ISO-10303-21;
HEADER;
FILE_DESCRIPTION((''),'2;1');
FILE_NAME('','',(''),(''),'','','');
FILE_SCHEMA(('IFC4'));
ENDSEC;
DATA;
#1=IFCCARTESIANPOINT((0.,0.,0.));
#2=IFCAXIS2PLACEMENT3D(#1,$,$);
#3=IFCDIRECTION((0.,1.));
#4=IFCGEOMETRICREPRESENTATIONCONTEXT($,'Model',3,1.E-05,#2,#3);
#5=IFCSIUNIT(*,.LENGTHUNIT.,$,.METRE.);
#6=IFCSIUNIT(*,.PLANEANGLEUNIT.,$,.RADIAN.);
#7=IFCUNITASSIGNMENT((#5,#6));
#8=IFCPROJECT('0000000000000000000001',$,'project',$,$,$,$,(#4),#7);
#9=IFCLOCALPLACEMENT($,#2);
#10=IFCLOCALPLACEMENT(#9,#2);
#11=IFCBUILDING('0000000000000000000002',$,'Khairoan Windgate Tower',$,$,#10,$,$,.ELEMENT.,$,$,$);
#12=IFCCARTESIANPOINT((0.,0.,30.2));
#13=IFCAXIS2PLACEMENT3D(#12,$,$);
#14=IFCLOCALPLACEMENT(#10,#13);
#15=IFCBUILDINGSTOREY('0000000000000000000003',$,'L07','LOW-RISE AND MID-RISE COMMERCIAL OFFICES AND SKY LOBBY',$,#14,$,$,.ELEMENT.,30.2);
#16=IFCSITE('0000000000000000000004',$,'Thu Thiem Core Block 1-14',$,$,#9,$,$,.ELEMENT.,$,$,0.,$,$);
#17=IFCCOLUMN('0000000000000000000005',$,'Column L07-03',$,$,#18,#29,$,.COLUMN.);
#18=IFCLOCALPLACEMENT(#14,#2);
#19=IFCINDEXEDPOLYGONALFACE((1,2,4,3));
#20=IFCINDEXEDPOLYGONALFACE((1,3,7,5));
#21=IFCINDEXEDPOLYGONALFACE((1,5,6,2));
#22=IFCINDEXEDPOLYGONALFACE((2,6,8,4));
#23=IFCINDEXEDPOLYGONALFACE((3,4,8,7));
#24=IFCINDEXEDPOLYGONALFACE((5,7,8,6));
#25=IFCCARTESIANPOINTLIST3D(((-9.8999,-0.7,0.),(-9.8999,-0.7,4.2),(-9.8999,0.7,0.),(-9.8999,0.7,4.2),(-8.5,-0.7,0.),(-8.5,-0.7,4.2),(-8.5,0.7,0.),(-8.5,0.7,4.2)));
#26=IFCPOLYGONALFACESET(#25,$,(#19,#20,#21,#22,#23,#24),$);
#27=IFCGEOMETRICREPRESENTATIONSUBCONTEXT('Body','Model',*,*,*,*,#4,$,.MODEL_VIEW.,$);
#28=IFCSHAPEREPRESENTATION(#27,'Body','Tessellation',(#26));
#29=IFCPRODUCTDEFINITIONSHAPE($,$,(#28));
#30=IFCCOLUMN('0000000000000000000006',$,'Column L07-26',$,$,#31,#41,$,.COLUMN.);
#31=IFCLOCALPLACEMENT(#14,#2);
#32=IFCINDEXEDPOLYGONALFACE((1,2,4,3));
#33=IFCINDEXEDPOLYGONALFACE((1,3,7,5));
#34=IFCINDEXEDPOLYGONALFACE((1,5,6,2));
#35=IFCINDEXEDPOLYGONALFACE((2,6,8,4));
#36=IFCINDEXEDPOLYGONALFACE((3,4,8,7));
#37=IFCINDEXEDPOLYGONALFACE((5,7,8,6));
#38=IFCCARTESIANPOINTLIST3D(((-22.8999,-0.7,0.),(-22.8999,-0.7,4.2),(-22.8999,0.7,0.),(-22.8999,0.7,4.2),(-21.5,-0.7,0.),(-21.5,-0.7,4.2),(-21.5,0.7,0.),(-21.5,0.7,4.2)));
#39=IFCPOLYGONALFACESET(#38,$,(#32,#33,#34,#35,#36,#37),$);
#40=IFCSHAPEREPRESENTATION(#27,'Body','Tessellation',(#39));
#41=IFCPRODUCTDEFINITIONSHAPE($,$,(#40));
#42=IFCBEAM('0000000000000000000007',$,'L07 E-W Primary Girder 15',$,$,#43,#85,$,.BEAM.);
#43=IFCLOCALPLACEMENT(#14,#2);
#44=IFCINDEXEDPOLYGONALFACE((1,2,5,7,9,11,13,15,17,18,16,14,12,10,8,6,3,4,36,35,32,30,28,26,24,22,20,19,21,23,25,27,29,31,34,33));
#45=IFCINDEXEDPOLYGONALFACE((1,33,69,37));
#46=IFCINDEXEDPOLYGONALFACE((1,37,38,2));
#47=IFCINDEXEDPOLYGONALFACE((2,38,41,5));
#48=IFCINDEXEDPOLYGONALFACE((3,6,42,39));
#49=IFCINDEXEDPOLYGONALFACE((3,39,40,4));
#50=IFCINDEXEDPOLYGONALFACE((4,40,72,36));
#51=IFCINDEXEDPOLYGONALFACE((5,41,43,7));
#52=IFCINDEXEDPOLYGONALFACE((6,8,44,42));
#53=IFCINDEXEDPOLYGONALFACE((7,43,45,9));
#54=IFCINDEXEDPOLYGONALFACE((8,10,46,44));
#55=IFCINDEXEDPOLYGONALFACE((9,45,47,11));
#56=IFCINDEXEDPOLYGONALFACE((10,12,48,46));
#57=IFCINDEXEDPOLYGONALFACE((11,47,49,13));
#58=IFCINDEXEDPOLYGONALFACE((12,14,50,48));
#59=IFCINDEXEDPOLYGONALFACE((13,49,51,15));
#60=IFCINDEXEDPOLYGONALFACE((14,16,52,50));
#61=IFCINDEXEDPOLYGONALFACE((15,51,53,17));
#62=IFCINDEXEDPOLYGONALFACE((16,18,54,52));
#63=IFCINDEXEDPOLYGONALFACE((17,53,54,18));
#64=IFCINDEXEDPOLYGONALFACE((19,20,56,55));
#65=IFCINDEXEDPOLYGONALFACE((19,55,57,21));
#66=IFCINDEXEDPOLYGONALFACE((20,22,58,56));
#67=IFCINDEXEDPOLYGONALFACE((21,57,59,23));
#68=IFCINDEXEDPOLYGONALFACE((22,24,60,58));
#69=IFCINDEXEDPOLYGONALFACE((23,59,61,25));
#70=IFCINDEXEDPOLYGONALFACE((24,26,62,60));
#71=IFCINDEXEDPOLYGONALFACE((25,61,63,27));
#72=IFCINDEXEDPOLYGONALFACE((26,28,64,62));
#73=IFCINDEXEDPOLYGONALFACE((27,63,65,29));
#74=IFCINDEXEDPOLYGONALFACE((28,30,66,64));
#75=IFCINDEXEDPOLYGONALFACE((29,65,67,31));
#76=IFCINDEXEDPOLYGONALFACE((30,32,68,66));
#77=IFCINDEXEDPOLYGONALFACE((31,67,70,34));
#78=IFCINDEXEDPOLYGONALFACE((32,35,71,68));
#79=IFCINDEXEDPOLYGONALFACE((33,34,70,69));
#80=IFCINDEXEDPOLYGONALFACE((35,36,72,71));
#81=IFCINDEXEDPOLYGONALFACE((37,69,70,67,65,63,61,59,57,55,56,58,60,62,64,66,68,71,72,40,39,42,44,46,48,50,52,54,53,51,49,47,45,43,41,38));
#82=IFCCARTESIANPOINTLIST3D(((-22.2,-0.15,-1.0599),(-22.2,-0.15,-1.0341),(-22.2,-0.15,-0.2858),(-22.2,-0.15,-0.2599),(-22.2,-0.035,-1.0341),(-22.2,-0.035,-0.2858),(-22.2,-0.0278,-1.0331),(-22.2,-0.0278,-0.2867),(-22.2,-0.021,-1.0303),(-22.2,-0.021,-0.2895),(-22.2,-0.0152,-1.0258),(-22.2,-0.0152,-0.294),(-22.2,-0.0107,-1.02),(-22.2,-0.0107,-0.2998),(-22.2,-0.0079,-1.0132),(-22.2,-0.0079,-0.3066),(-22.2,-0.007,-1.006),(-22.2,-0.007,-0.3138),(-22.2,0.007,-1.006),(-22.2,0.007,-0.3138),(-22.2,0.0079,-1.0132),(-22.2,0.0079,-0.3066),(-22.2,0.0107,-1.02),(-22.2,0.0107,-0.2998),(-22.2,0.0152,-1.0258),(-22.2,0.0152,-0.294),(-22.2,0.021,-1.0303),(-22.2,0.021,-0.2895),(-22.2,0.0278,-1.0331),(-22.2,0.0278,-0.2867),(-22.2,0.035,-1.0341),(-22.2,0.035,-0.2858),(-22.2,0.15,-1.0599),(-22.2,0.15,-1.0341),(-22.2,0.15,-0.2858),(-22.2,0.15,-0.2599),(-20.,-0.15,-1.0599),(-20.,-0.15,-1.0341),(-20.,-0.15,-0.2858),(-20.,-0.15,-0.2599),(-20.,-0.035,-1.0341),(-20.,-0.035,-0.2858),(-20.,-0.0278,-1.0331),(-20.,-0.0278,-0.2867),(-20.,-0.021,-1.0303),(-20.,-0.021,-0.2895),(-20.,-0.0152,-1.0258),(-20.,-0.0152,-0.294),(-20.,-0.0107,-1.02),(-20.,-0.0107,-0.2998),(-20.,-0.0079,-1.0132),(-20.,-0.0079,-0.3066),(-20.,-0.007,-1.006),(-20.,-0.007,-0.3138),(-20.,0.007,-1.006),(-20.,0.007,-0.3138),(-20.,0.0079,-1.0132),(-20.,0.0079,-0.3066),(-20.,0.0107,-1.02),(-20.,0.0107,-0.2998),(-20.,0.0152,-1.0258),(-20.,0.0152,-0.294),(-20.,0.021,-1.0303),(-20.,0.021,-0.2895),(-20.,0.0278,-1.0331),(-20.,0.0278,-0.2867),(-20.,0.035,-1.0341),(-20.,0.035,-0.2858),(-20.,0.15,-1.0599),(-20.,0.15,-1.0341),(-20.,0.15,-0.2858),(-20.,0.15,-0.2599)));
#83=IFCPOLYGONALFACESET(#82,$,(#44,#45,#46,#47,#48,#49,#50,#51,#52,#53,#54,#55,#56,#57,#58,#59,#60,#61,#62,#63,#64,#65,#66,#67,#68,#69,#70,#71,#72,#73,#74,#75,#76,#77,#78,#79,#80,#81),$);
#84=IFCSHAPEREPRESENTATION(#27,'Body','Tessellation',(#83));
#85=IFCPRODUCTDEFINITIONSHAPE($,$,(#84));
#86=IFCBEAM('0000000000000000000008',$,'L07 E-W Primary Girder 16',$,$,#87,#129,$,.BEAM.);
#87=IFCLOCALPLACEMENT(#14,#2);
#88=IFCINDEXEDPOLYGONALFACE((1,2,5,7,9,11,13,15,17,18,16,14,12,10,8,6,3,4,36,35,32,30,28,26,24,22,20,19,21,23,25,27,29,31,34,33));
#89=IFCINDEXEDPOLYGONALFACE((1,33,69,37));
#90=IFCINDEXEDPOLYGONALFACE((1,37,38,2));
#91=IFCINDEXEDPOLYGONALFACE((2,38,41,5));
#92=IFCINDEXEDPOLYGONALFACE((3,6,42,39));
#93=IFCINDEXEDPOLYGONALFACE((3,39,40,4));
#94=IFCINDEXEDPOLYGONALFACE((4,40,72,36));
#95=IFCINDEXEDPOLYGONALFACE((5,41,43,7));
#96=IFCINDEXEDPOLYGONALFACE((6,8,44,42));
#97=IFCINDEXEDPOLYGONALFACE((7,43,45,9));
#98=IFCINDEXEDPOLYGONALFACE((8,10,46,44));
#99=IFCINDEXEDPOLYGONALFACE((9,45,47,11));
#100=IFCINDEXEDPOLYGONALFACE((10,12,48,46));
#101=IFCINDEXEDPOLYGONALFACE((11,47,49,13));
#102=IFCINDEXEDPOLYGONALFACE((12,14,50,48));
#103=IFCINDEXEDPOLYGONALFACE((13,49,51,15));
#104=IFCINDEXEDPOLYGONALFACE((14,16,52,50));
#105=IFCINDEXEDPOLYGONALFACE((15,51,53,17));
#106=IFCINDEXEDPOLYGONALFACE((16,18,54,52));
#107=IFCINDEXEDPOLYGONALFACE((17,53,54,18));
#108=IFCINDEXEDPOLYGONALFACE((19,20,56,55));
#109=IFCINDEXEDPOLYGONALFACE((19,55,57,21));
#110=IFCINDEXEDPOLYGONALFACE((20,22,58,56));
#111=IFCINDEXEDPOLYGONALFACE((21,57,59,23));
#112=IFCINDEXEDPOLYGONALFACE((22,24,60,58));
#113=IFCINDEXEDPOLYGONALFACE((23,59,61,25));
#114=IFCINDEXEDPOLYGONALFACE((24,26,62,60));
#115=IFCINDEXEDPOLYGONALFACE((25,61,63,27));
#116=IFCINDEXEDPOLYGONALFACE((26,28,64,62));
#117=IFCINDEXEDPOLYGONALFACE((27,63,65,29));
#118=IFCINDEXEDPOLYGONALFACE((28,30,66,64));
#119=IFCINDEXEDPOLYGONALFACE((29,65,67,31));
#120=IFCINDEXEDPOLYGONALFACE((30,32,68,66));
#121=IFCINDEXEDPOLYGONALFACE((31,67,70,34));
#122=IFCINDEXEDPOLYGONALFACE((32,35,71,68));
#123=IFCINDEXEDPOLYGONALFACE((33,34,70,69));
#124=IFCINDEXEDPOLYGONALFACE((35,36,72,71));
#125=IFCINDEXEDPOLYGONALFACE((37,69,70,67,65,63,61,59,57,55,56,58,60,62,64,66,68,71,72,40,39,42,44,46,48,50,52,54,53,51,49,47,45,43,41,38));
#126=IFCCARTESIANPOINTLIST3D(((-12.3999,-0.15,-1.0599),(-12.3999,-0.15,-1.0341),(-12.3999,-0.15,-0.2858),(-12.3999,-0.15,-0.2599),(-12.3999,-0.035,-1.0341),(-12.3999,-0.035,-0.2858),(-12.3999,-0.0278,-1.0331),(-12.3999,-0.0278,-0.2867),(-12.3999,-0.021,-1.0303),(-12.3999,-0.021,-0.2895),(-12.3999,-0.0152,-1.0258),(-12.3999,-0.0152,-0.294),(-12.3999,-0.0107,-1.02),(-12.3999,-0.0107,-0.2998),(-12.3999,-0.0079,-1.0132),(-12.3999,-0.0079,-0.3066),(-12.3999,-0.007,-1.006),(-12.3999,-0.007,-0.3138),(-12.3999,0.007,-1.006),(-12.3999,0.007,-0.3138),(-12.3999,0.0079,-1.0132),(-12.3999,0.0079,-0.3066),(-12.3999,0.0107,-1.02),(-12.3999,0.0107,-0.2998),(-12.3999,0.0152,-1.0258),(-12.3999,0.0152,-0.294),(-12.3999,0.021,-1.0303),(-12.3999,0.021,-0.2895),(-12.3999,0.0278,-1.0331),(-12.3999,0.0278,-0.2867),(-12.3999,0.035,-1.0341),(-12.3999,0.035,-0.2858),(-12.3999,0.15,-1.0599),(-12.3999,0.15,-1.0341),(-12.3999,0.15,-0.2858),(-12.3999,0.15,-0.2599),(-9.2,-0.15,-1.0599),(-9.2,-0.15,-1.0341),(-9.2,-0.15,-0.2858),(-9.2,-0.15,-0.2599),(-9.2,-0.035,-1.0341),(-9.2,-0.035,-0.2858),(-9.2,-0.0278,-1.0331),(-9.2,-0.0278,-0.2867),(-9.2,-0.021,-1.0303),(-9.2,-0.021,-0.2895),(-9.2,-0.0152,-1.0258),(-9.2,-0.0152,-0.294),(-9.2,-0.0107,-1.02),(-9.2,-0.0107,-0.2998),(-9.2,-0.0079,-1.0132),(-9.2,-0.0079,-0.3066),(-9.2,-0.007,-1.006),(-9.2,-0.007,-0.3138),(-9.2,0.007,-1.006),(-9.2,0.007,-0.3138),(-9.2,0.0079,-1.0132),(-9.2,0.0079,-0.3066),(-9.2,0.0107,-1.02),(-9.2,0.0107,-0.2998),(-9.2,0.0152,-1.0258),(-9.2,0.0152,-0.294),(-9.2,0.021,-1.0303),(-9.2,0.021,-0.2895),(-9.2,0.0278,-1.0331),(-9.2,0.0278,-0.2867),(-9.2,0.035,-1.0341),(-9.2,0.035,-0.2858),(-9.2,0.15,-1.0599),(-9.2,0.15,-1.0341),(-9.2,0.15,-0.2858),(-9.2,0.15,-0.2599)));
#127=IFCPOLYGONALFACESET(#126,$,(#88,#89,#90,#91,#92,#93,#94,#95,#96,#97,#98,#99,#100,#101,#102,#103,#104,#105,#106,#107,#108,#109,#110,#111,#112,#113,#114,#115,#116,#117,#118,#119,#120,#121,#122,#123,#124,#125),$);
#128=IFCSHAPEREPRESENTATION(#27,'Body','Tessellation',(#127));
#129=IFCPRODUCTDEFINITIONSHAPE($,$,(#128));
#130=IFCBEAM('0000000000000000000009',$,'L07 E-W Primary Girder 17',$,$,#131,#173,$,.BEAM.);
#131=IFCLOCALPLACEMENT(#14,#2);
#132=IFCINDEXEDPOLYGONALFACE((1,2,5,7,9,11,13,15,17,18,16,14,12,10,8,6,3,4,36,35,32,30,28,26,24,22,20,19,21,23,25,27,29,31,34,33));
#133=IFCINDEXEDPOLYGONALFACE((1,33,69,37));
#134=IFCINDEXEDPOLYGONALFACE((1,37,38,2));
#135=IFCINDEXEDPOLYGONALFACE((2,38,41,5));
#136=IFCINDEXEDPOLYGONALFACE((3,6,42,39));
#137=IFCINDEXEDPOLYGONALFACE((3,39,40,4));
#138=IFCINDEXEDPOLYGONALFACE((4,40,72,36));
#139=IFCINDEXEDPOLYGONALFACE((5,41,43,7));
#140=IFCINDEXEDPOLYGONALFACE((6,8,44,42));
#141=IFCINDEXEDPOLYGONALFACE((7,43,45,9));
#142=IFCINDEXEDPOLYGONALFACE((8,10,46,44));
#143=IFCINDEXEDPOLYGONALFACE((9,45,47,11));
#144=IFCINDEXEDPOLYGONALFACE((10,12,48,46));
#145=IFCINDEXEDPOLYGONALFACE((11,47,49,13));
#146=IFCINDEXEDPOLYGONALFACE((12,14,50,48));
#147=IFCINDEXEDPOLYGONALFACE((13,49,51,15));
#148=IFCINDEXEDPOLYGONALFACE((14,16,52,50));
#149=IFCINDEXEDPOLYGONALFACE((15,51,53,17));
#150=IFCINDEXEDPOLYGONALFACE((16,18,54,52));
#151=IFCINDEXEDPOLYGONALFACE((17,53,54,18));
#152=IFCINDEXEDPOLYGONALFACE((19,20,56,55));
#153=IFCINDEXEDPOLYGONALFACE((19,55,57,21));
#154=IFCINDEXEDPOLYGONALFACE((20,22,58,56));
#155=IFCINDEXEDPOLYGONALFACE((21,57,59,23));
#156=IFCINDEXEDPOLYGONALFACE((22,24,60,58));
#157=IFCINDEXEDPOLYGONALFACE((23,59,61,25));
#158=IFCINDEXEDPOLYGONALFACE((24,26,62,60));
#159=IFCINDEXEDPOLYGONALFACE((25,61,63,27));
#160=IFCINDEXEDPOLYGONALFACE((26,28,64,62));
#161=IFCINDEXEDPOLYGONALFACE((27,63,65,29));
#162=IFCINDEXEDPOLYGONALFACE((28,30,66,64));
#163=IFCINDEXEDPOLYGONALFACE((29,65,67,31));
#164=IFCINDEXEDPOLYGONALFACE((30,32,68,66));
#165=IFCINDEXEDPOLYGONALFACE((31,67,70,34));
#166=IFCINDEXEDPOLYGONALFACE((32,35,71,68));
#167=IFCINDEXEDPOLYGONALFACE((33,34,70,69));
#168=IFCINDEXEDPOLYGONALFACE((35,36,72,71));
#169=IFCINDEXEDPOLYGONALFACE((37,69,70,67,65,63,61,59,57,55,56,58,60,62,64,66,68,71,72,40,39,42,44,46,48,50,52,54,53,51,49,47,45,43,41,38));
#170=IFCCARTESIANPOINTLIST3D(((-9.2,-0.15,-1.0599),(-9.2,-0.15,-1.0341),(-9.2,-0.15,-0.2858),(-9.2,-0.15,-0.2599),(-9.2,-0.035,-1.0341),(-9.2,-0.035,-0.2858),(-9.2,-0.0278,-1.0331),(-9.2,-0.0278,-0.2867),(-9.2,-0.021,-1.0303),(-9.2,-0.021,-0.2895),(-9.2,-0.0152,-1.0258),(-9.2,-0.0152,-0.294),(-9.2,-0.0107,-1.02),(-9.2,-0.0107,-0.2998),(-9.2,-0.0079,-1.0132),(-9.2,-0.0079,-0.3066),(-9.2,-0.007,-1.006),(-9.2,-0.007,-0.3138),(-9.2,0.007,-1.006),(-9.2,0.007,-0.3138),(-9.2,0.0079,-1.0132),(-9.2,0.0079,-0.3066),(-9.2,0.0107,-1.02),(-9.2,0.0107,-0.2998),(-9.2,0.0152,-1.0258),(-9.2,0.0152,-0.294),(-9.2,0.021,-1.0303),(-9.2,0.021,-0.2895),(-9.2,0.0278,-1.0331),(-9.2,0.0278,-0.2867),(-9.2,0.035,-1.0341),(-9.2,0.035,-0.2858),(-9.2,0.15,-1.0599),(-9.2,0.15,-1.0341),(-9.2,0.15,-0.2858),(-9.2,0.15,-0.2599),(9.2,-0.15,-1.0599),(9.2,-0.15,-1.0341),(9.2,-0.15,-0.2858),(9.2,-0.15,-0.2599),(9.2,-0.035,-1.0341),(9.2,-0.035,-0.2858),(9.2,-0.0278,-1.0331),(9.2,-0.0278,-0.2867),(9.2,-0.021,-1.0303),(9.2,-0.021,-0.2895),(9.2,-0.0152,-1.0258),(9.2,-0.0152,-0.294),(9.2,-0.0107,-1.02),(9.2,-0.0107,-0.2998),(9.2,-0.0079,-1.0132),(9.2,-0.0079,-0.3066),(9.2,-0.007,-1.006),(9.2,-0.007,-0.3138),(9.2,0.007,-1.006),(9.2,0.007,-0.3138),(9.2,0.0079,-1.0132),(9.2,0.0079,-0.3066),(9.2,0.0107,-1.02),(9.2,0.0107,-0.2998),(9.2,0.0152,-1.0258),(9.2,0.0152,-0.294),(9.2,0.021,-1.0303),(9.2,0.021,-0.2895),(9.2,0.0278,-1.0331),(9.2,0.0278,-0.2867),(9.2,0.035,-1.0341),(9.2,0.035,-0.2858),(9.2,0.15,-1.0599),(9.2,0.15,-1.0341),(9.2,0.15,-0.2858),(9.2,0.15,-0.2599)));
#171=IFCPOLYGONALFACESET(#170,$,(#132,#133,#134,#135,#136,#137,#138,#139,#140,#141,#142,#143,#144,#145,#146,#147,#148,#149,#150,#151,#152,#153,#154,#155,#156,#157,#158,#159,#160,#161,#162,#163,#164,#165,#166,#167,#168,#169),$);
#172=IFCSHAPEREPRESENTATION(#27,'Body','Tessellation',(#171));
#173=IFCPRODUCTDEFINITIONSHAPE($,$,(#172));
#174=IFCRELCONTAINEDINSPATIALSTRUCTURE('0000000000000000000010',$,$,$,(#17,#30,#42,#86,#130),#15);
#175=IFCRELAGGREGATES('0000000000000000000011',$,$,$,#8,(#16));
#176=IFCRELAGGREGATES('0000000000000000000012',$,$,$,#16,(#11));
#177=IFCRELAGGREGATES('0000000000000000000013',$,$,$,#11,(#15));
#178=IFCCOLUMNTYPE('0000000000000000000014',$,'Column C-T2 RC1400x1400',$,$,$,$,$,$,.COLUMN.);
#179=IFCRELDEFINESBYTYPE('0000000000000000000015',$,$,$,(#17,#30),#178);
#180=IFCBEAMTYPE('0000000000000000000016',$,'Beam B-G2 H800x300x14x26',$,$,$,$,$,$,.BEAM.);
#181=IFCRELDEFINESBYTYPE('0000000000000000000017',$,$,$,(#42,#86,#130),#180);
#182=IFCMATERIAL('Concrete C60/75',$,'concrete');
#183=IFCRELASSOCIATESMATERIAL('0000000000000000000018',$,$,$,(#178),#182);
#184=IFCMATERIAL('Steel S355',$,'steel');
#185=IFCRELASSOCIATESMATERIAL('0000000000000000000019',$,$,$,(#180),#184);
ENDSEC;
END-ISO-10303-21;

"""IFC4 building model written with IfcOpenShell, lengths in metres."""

from ifc_helpers import new_model, si_unit, direction, frame, origin, origin_2d, place, context, subcontext, project, spatial, rectangle, i_section, extrude, material, material_profile, profile_set, type_object, element, save


model = new_model("IFC4")

# Units and contexts
model_context = context("Model", 3, precision=1e-05, world=origin(), true_north=direction((0.0, 1.0)))
body_context = subcontext(model_context, "Body", "Model", "MODEL_VIEW")
ifc_project = project(units=[si_unit("LENGTHUNIT", "METRE"), si_unit("PLANEANGLEUNIT", "RADIAN")], contexts=[model_context])

# Site, building, storey
site_placement = place(None, origin())
site = spatial("IfcSite", under=ifc_project, at=site_placement, Name="Thu Thiem Core Block 1-14", CompositionType="ELEMENT", RefElevation=0.0)
building_placement = place(site_placement, origin())
building = spatial("IfcBuilding", under=site, at=building_placement, Name="Khairoan Windgate Tower", CompositionType="ELEMENT")
storey_placement = place(building_placement, frame((0.0, 0.0, 30.2)))
storey = spatial("IfcBuildingStorey", under=building, at=storey_placement, Name="L07", Description="LOW-RISE AND MID-RISE COMMERCIAL OFFICES AND SKY LOBBY", CompositionType="ELEMENT", Elevation=30.2)

# Columns
ifc_material_1 = material(Name="Concrete C60/75", Category="concrete")
ifc_material_profile_1 = material_profile(ifc_material_1, rectangle(XDim=1.3999, YDim=1.3999, at=origin_2d()))
ifc_profile_set_1 = profile_set([ifc_material_profile_1], Name="Concrete C60/75")
column_type = type_object("IfcColumnType", Name="Column C-T2 RC1400x1400", PredefinedType="COLUMN", material=ifc_profile_set_1)
for number, where, z_axis, x_axis, name in (
    (1, (-9.2, 0.0, 0.0), (0.0, 0.0, 1.0), (1.0, 0.0, 0.0), "Column L07-03"),
    (2, (-22.2, 0.0, 0.0), (0.0, 0.0, 1.0), (1.0, 0.0, 0.0), "Column L07-26"),
):
    element("IfcColumn", number, at=place(storey_placement, frame(where, z_axis=z_axis, x_axis=x_axis)), inside=storey, type_object=column_type, Name=name, PredefinedType="COLUMN", context=body_context, shape_type="SweptSolid", body=[
        extrude(rectangle(XDim=1.3999, YDim=1.3999, at=origin_2d()), origin(), (0.0, 0.0, 1.0), 4.2),
    ])

# Beams
ifc_material_2 = material(Name="Steel S355", Category="steel")
ifc_material_profile_2 = material_profile(ifc_material_2, i_section(OverallWidth=0.3, OverallDepth=0.8, WebThickness=0.0139, FlangeThickness=0.0259, FilletRadius=0.0281, at=origin_2d()))
ifc_profile_set_2 = profile_set([ifc_material_profile_2], Name="Steel S355")
beam_type_1 = type_object("IfcBeamType", Name="Beam B-G2 H800x300x14x26", PredefinedType="BEAM", material=ifc_profile_set_2)
beam_1_placement = place(storey_placement, frame((-22.2, 0.0, -0.6599), z_axis=(1.0, 0.0, 0.0), x_axis=(0.0, 1.0, 0.0)))
element("IfcBeam", 3, at=beam_1_placement, inside=storey, type_object=beam_type_1, Name="L07 E-W Primary Girder 15", PredefinedType="BEAM", context=body_context, shape_type="SweptSolid", body=[
    extrude(i_section(OverallWidth=0.3, OverallDepth=0.8, WebThickness=0.0139, FlangeThickness=0.0259, FilletRadius=0.0281, at=origin_2d()), origin(), (0.0, 0.0, 1.0), 2.2),
])
beam_2_placement = place(storey_placement, frame((-12.3999, 0.0, -0.6599), z_axis=(1.0, 0.0, 0.0), x_axis=(0.0, 1.0, 0.0)))
element("IfcBeam", 4, at=beam_2_placement, inside=storey, type_object=beam_type_1, Name="L07 E-W Primary Girder 16", PredefinedType="BEAM", context=body_context, shape_type="SweptSolid", body=[
    extrude(i_section(OverallWidth=0.3, OverallDepth=0.8, WebThickness=0.0139, FlangeThickness=0.0259, FilletRadius=0.0281, at=origin_2d()), origin(), (0.0, 0.0, 1.0), 3.2),
])
beam_3_placement = place(storey_placement, frame((-9.2, 0.0, -0.6599), z_axis=(1.0, 0.0, 0.0), x_axis=(0.0, 1.0, 0.0)))
element("IfcBeam", 5, at=beam_3_placement, inside=storey, type_object=beam_type_1, Name="L07 E-W Primary Girder 17", PredefinedType="BEAM", context=body_context, shape_type="SweptSolid", body=[
    extrude(i_section(OverallWidth=0.3, OverallDepth=0.8, WebThickness=0.0139, FlangeThickness=0.0259, FilletRadius=0.0281, at=origin_2d()), origin(), (0.0, 0.0, 1.0), 18.3999),
])

save(model, "model.ifc")
